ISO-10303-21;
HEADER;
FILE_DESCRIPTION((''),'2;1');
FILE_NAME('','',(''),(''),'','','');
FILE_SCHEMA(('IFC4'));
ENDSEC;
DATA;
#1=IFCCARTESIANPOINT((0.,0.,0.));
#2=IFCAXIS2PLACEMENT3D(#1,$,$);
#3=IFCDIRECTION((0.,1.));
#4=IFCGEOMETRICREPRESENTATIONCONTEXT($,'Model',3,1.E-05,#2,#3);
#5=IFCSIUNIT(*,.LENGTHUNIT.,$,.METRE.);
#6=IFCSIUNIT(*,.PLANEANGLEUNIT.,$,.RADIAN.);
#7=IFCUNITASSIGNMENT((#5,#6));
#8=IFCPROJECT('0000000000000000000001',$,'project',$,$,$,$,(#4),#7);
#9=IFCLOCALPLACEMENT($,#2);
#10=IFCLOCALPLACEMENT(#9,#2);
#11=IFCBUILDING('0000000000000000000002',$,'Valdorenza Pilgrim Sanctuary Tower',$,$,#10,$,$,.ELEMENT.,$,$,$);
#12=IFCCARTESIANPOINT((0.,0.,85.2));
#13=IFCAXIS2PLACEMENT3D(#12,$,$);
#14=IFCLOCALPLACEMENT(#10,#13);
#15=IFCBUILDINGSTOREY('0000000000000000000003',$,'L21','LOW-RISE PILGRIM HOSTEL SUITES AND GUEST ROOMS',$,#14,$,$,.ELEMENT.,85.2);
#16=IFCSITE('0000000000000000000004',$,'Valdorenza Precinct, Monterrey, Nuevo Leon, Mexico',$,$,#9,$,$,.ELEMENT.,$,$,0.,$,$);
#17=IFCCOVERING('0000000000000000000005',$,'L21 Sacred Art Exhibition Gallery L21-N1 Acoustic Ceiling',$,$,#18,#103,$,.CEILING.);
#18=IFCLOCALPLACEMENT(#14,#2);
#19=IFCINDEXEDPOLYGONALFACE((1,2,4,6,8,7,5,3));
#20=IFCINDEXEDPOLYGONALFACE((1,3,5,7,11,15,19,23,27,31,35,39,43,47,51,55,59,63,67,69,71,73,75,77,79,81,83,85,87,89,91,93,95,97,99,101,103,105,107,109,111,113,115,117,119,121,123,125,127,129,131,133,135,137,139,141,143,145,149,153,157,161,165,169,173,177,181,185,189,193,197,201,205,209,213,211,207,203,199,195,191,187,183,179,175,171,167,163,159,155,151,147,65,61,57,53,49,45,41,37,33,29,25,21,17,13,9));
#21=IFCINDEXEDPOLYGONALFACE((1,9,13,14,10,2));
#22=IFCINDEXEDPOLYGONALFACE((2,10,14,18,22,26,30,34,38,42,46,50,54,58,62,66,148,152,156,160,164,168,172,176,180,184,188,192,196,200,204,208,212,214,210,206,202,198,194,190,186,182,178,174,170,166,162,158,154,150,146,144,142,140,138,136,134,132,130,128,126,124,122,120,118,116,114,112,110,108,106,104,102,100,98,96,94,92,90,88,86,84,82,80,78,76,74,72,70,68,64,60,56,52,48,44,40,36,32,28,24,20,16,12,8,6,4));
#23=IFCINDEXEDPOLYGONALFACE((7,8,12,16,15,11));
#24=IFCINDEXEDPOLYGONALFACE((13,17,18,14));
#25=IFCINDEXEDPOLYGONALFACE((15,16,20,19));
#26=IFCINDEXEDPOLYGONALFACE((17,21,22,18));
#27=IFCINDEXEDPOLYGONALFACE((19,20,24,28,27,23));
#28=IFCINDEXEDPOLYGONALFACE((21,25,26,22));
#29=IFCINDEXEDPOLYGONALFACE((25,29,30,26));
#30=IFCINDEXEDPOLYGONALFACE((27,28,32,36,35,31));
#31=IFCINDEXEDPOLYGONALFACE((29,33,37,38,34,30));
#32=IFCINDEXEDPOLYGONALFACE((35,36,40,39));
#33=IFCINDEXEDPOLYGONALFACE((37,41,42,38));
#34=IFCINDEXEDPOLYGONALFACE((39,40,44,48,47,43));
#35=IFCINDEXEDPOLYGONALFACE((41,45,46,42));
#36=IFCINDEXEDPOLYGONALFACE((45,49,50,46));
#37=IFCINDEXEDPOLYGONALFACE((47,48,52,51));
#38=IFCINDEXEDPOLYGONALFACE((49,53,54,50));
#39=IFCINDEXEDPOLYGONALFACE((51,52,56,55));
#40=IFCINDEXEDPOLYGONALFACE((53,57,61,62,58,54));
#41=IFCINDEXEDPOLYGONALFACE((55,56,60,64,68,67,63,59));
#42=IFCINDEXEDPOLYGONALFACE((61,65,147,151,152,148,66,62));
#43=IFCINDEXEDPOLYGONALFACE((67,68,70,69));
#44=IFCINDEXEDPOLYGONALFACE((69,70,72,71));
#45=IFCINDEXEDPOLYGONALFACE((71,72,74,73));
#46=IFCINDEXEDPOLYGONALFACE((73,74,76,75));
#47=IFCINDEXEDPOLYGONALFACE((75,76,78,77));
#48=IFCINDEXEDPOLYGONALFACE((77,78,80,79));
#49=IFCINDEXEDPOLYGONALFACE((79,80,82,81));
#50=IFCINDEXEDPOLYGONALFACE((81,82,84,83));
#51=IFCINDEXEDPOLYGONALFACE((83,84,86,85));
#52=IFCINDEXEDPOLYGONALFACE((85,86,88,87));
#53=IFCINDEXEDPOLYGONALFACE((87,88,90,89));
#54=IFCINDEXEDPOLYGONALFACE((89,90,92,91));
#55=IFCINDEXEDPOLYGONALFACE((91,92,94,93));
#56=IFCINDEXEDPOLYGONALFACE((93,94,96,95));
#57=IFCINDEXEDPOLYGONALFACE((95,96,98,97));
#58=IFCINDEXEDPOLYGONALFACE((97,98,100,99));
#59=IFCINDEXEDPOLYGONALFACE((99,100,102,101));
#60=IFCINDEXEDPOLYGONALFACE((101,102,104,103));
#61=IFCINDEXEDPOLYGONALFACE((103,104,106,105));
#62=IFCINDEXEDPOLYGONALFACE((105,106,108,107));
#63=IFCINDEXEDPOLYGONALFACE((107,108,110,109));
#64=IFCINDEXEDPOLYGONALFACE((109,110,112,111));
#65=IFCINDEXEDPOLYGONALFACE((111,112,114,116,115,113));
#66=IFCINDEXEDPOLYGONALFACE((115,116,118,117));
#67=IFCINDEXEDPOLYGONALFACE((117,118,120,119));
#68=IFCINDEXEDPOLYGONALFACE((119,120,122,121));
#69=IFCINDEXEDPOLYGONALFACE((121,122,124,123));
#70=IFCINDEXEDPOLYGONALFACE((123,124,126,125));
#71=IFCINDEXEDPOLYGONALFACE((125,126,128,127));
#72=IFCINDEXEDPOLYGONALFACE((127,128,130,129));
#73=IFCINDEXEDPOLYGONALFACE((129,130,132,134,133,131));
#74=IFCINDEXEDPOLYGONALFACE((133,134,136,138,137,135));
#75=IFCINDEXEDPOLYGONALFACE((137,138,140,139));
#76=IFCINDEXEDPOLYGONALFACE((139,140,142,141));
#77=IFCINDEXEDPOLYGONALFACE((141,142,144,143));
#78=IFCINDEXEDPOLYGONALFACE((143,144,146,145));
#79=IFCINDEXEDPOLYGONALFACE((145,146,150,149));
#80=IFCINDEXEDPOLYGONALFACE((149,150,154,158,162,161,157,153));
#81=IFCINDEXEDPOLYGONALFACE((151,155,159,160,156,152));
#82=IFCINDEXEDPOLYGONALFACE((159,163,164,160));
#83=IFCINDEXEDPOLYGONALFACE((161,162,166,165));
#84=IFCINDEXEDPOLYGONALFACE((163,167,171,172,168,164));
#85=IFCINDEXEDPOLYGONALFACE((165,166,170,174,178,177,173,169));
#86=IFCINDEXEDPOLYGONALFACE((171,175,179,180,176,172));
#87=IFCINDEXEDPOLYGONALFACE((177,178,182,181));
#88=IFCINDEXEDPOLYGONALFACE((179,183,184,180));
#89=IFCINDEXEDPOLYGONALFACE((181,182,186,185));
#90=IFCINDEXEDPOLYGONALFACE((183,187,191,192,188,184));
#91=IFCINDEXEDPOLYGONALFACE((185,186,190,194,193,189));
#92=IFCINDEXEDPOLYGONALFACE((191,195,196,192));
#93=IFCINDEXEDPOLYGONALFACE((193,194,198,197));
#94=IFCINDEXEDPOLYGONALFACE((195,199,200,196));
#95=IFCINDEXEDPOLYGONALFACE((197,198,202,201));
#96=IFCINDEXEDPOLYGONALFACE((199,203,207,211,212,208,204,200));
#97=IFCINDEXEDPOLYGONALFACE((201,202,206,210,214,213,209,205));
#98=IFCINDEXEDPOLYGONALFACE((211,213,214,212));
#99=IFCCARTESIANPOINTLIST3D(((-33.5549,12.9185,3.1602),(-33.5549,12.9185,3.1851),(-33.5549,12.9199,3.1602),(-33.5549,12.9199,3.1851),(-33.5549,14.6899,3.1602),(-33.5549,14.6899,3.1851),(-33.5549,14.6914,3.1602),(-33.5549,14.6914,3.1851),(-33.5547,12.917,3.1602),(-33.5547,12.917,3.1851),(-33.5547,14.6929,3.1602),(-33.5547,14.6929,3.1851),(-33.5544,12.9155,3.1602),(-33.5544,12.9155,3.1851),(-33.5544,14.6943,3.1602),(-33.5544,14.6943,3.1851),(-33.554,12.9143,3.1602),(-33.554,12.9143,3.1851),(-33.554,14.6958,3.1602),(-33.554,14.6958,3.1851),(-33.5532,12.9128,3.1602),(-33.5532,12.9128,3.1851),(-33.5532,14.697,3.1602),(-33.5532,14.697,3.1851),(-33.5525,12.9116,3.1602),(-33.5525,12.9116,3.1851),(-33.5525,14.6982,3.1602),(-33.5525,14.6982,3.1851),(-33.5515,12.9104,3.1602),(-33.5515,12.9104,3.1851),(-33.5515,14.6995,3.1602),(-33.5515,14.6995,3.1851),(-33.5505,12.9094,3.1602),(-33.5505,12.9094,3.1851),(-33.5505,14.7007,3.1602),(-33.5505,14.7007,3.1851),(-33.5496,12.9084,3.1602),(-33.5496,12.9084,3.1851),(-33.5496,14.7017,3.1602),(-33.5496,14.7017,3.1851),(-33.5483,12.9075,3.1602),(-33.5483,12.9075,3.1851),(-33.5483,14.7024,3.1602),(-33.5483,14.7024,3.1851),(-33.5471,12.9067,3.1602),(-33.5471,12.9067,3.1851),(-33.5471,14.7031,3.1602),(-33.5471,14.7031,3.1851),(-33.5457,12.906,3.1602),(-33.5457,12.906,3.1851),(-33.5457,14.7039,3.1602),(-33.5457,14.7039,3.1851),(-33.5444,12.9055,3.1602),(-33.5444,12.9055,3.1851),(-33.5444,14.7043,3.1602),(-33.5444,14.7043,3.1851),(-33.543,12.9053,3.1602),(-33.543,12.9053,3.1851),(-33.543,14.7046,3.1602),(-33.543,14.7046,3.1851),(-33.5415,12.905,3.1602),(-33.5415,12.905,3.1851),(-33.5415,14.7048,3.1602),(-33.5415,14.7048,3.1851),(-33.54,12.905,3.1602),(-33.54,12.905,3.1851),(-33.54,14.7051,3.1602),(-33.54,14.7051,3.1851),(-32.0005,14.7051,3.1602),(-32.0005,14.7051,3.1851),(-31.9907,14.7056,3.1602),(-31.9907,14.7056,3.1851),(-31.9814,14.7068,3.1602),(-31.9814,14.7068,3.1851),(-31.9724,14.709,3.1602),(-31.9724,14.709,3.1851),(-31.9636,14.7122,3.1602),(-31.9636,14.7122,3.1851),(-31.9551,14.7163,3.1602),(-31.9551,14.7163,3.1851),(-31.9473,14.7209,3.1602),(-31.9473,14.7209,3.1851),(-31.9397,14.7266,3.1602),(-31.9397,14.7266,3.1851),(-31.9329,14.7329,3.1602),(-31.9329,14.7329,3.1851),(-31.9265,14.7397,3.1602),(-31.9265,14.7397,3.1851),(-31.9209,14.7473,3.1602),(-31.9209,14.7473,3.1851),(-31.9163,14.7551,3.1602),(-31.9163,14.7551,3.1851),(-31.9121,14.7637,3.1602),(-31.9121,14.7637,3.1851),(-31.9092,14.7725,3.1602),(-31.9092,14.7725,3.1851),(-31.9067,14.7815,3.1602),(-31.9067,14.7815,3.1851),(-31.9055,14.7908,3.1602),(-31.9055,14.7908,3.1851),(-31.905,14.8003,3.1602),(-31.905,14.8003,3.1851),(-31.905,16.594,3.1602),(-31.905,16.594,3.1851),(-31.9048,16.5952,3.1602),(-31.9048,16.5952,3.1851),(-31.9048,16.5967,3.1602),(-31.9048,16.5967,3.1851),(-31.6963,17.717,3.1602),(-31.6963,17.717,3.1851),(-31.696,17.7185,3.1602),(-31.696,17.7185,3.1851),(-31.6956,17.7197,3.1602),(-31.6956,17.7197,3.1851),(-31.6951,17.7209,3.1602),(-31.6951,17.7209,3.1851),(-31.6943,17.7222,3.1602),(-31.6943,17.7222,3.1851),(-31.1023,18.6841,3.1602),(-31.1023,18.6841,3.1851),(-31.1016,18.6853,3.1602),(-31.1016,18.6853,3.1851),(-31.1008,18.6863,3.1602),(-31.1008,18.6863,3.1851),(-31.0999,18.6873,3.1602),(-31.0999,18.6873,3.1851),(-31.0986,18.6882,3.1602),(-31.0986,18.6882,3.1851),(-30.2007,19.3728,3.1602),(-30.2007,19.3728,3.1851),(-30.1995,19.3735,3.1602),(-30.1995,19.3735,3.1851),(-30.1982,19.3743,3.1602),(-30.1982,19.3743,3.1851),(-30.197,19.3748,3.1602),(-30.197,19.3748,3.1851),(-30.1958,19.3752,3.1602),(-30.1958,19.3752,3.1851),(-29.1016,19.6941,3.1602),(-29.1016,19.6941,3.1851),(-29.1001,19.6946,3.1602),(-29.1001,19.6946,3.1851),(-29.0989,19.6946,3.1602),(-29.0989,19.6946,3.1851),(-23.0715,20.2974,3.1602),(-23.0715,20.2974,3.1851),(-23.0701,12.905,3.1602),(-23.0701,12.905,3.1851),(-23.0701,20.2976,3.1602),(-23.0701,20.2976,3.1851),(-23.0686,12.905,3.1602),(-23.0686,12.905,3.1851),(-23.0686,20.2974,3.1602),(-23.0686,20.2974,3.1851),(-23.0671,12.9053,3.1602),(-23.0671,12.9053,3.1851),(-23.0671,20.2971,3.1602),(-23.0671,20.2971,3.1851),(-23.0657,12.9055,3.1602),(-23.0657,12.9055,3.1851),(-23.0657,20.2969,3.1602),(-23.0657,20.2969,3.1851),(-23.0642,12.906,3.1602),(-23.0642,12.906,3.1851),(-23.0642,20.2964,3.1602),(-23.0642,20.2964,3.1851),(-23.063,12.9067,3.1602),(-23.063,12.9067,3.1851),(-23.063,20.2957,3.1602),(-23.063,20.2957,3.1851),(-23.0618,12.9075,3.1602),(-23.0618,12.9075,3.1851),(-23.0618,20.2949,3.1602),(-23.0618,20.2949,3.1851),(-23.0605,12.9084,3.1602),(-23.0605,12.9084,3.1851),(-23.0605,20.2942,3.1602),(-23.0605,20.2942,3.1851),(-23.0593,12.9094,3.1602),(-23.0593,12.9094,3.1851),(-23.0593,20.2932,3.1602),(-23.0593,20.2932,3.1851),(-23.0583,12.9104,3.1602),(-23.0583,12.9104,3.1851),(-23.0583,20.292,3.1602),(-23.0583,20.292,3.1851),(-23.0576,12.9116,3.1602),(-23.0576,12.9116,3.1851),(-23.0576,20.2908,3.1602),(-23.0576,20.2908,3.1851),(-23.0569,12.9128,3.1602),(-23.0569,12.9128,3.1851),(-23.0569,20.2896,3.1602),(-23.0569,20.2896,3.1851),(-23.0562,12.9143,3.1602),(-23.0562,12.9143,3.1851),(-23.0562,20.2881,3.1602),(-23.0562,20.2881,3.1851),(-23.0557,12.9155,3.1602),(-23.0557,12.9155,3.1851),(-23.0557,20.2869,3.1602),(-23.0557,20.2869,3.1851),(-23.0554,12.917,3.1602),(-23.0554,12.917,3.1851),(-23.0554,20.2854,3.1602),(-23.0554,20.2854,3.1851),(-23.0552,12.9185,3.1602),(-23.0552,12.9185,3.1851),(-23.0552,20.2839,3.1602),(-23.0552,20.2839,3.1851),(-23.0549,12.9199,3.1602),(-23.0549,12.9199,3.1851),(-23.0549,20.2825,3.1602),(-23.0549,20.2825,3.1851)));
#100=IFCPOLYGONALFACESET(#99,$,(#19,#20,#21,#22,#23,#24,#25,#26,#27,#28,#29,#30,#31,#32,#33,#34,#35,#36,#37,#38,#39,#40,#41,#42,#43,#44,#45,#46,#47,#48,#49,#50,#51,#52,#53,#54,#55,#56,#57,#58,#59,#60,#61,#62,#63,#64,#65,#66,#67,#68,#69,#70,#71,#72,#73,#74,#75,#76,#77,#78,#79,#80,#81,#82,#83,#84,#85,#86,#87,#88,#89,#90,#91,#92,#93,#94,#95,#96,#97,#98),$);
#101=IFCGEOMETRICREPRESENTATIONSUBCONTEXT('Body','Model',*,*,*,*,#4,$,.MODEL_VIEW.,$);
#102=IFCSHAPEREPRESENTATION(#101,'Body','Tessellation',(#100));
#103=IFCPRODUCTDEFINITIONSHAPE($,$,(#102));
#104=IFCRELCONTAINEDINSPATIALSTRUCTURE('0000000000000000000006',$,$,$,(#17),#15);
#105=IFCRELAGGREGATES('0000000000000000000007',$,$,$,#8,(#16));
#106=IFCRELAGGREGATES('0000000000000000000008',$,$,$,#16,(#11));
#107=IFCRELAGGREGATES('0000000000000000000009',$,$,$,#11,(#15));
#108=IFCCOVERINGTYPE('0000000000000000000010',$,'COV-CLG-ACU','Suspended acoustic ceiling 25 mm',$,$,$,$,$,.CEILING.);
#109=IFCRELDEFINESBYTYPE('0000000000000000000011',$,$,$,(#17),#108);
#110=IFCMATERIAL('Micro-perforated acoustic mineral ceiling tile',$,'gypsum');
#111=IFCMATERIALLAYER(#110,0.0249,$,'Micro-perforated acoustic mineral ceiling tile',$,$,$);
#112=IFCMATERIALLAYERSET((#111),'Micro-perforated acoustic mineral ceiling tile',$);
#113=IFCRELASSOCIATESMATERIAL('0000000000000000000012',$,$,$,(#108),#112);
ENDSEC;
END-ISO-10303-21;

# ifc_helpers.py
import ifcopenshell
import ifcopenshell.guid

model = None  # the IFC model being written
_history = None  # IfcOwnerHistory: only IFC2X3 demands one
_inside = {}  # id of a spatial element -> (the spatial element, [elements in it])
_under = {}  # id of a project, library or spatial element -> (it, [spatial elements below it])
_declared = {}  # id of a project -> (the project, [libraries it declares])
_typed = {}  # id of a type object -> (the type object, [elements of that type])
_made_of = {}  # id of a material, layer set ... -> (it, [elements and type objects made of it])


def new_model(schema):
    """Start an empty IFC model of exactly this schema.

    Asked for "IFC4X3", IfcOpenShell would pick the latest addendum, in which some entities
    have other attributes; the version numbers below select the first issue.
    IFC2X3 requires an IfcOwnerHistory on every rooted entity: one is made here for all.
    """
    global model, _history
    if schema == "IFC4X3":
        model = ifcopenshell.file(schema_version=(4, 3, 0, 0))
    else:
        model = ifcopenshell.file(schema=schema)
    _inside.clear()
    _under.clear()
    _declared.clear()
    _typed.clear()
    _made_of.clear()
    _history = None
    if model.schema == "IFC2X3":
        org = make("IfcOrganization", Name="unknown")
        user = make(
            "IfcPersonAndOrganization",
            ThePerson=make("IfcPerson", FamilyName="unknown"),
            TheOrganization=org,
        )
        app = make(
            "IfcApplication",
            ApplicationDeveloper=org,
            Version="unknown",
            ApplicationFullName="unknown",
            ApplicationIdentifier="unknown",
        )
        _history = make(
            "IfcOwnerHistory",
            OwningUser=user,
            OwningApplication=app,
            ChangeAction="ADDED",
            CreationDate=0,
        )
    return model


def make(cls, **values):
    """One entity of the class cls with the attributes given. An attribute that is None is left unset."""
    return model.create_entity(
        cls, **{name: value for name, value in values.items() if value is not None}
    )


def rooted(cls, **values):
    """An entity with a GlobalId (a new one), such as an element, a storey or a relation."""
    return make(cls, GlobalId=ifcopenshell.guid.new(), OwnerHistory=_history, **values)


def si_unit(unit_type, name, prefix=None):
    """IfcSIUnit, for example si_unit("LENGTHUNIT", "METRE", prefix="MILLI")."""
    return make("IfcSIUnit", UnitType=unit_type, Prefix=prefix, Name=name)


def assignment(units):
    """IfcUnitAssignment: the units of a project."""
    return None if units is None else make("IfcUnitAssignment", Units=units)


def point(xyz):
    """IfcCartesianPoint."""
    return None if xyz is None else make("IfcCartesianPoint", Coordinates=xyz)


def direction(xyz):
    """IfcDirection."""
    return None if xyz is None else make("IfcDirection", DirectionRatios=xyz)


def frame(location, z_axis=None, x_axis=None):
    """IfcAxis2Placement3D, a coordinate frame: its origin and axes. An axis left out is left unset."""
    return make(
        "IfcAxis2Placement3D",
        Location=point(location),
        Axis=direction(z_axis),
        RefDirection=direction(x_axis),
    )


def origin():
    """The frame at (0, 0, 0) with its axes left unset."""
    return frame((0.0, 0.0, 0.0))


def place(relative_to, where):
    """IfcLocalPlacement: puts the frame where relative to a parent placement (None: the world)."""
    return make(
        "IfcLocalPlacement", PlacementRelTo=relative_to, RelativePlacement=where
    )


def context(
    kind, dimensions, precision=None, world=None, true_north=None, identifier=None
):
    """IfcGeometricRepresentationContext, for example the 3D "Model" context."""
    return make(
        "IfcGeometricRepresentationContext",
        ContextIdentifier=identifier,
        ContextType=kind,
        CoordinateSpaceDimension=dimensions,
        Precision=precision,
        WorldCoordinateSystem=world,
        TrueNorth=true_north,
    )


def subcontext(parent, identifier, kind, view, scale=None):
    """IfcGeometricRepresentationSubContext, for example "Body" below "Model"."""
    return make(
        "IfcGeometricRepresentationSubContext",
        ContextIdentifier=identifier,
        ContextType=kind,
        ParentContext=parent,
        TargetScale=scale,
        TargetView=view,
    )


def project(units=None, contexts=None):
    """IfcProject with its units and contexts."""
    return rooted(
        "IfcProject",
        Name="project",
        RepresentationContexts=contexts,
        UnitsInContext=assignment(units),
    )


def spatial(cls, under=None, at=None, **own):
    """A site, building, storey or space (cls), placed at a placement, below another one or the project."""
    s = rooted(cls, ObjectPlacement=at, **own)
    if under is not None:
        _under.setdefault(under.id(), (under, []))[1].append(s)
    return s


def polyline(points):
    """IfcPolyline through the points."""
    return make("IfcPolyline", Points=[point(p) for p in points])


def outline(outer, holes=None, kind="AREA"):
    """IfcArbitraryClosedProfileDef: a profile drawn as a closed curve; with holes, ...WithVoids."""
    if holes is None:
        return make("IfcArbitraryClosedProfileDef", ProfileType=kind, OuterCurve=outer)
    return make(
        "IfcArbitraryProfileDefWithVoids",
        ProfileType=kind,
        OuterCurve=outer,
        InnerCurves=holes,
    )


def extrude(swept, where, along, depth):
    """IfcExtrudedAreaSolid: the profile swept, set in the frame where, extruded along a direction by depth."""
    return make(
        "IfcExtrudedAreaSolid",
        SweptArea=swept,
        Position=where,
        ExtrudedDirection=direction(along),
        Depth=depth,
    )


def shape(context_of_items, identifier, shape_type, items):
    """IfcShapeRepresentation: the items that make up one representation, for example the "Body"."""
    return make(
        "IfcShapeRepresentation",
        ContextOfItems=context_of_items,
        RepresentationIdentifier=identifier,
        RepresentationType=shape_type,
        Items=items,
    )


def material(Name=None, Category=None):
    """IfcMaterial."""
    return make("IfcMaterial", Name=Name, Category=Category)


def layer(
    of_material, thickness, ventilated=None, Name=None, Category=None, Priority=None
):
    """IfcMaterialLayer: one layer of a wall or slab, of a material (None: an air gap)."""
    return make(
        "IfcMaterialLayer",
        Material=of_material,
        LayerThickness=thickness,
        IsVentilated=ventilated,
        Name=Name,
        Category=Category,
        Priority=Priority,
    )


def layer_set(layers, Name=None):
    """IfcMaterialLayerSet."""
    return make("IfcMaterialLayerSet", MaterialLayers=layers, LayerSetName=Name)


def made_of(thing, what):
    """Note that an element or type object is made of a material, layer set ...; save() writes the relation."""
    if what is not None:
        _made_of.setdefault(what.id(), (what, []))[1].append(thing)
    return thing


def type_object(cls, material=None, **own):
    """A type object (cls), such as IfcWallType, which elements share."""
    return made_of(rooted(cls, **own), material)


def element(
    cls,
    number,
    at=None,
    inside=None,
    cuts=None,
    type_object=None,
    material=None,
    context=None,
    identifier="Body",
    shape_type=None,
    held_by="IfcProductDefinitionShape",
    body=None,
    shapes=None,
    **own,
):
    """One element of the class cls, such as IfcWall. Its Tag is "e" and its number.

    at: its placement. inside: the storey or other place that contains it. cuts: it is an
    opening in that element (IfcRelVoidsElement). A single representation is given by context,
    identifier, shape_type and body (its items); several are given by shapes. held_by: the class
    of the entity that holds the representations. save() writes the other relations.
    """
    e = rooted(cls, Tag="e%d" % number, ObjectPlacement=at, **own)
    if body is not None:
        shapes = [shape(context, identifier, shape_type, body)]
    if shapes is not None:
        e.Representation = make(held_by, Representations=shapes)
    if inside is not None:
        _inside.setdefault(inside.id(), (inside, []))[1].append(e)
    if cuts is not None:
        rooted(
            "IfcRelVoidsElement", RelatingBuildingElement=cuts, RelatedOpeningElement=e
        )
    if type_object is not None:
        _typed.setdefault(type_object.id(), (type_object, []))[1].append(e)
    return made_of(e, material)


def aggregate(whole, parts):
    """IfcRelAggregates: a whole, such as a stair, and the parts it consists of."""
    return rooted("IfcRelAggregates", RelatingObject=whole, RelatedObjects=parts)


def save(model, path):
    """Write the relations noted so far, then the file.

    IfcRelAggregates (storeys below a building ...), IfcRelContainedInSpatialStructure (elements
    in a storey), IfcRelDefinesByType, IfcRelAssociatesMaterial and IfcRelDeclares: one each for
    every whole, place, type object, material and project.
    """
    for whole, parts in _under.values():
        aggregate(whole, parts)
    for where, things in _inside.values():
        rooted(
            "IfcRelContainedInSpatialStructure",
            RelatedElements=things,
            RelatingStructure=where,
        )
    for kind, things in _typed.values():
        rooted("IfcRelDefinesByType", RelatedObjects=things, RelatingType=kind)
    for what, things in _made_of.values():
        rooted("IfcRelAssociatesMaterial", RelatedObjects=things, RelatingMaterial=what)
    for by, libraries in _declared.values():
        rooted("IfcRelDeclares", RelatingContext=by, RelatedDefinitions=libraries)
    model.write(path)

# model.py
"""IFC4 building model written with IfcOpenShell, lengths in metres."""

from ifc_helpers import new_model, si_unit, direction, frame, origin, place, context, subcontext, project, spatial, polyline, outline, extrude, material, layer, layer_set, type_object, element, save


model = new_model("IFC4")

# Units and contexts
model_context = context("Model", 3, precision=1e-05, world=origin(), true_north=direction((0.0, 1.0)))
body_context = subcontext(model_context, "Body", "Model", "MODEL_VIEW")
ifc_project = project(units=[si_unit("LENGTHUNIT", "METRE"), si_unit("PLANEANGLEUNIT", "RADIAN")], contexts=[model_context])

# Site, building, storey
site_placement = place(None, origin())
site = spatial("IfcSite", under=ifc_project, at=site_placement, Name="Valdorenza Precinct, Monterrey, Nuevo Leon, Mexico", CompositionType="ELEMENT", RefElevation=0.0)
building_placement = place(site_placement, origin())
building = spatial("IfcBuilding", under=site, at=building_placement, Name="Valdorenza Pilgrim Sanctuary Tower", CompositionType="ELEMENT")
storey_placement = place(building_placement, frame((0.0, 0.0, 85.2)))
storey = spatial("IfcBuildingStorey", under=building, at=storey_placement, Name="L21", Description="LOW-RISE PILGRIM HOSTEL SUITES AND GUEST ROOMS", CompositionType="ELEMENT", Elevation=85.2)

# Covering
ifc_material_1 = material(Name="Micro-perforated acoustic mineral ceiling tile", Category="gypsum")
ifc_layer_1 = layer(ifc_material_1, 0.0249, Name="Micro-perforated acoustic mineral ceiling tile")
ifc_layer_set_1 = layer_set([ifc_layer_1], Name="Micro-perforated acoustic mineral ceiling tile")
covering_type_1 = type_object("IfcCoveringType", Name="COV-CLG-ACU", Description="Suspended acoustic ceiling 25 mm", PredefinedType="CEILING", material=ifc_layer_set_1)
covering_1_placement = place(storey_placement, frame((0.0, 0.0, 3.1602)))
element("IfcCovering", 1, at=covering_1_placement, inside=storey, type_object=covering_type_1, Name="L21 Sacred Art Exhibition Gallery L21-N1 Acoustic Ceiling", PredefinedType="CEILING", context=body_context, shape_type="SweptSolid", body=[
    extrude(outline(polyline([(-33.54, 12.905), (-33.5415, 12.905), (-33.543, 12.9053), (-33.5444, 12.9055), (-33.5457, 12.906), (-33.5471, 12.9067), (-33.5483, 12.9075), (-33.5496, 12.9084), (-33.5505, 12.9094), (-33.5515, 12.9104), (-33.5525, 12.9116), (-33.5532, 12.9128), (-33.554, 12.9143), (-33.5544, 12.9155), (-33.5547, 12.917), (-33.5549, 12.9185), (-33.5549, 12.9199), (-33.5549, 14.6899), (-33.5549, 14.6914), (-33.5547, 14.6929), (-33.5544, 14.6943), (-33.554, 14.6958), (-33.5532, 14.697), (-33.5525, 14.6982), (-33.5515, 14.6995), (-33.5505, 14.7007), (-33.5496, 14.7017), (-33.5483, 14.7024), (-33.5471, 14.7031), (-33.5457, 14.7039), (-33.5444, 14.7043), (-33.543, 14.7046), (-33.5415, 14.7048), (-33.54, 14.7051), (-32.0005, 14.7051), (-31.9907, 14.7056), (-31.9814, 14.7068), (-31.9724, 14.709), (-31.9636, 14.7122), (-31.9551, 14.7163), (-31.9473, 14.7209), (-31.9397, 14.7266), (-31.9329, 14.7329), (-31.9265, 14.7397), (-31.9209, 14.7473), (-31.9163, 14.7551), (-31.9121, 14.7637), (-31.9092, 14.7725), (-31.9067, 14.7815), (-31.9055, 14.7908), (-31.905, 14.8003), (-31.905, 16.594), (-31.9048, 16.5952), (-31.9048, 16.5967), (-31.6963, 17.717), (-31.696, 17.7185), (-31.6956, 17.7197), (-31.6951, 17.7209), (-31.6943, 17.7222), (-31.1023, 18.6841), (-31.1016, 18.6853), (-31.1008, 18.6863), (-31.0999, 18.6873), (-31.0986, 18.6882), (-30.2007, 19.3728), (-30.1995, 19.3735), (-30.1982, 19.3743), (-30.197, 19.3748), (-30.1958, 19.3752), (-29.1016, 19.6941), (-29.1001, 19.6946), (-29.0989, 19.6946), (-23.0715, 20.2974), (-23.0701, 20.2976), (-23.0686, 20.2974), (-23.0671, 20.2971), (-23.0657, 20.2969), (-23.0642, 20.2964), (-23.063, 20.2957), (-23.0618, 20.2949), (-23.0605, 20.2942), (-23.0593, 20.2932), (-23.0583, 20.292), (-23.0576, 20.2908), (-23.0569, 20.2896), (-23.0562, 20.2881), (-23.0557, 20.2869), (-23.0554, 20.2854), (-23.0552, 20.2839), (-23.0549, 20.2825), (-23.0549, 12.9199), (-23.0552, 12.9185), (-23.0554, 12.917), (-23.0557, 12.9155), (-23.0562, 12.9143), (-23.0569, 12.9128), (-23.0576, 12.9116), (-23.0583, 12.9104), (-23.0593, 12.9094), (-23.0605, 12.9084), (-23.0618, 12.9075), (-23.063, 12.9067), (-23.0642, 12.906), (-23.0657, 12.9055), (-23.0671, 12.9053), (-23.0686, 12.905), (-23.0701, 12.905), (-33.54, 12.905)])), origin(), (0.0, 0.0, 1.0), 0.0249),
])

save(model, "model.ifc")
